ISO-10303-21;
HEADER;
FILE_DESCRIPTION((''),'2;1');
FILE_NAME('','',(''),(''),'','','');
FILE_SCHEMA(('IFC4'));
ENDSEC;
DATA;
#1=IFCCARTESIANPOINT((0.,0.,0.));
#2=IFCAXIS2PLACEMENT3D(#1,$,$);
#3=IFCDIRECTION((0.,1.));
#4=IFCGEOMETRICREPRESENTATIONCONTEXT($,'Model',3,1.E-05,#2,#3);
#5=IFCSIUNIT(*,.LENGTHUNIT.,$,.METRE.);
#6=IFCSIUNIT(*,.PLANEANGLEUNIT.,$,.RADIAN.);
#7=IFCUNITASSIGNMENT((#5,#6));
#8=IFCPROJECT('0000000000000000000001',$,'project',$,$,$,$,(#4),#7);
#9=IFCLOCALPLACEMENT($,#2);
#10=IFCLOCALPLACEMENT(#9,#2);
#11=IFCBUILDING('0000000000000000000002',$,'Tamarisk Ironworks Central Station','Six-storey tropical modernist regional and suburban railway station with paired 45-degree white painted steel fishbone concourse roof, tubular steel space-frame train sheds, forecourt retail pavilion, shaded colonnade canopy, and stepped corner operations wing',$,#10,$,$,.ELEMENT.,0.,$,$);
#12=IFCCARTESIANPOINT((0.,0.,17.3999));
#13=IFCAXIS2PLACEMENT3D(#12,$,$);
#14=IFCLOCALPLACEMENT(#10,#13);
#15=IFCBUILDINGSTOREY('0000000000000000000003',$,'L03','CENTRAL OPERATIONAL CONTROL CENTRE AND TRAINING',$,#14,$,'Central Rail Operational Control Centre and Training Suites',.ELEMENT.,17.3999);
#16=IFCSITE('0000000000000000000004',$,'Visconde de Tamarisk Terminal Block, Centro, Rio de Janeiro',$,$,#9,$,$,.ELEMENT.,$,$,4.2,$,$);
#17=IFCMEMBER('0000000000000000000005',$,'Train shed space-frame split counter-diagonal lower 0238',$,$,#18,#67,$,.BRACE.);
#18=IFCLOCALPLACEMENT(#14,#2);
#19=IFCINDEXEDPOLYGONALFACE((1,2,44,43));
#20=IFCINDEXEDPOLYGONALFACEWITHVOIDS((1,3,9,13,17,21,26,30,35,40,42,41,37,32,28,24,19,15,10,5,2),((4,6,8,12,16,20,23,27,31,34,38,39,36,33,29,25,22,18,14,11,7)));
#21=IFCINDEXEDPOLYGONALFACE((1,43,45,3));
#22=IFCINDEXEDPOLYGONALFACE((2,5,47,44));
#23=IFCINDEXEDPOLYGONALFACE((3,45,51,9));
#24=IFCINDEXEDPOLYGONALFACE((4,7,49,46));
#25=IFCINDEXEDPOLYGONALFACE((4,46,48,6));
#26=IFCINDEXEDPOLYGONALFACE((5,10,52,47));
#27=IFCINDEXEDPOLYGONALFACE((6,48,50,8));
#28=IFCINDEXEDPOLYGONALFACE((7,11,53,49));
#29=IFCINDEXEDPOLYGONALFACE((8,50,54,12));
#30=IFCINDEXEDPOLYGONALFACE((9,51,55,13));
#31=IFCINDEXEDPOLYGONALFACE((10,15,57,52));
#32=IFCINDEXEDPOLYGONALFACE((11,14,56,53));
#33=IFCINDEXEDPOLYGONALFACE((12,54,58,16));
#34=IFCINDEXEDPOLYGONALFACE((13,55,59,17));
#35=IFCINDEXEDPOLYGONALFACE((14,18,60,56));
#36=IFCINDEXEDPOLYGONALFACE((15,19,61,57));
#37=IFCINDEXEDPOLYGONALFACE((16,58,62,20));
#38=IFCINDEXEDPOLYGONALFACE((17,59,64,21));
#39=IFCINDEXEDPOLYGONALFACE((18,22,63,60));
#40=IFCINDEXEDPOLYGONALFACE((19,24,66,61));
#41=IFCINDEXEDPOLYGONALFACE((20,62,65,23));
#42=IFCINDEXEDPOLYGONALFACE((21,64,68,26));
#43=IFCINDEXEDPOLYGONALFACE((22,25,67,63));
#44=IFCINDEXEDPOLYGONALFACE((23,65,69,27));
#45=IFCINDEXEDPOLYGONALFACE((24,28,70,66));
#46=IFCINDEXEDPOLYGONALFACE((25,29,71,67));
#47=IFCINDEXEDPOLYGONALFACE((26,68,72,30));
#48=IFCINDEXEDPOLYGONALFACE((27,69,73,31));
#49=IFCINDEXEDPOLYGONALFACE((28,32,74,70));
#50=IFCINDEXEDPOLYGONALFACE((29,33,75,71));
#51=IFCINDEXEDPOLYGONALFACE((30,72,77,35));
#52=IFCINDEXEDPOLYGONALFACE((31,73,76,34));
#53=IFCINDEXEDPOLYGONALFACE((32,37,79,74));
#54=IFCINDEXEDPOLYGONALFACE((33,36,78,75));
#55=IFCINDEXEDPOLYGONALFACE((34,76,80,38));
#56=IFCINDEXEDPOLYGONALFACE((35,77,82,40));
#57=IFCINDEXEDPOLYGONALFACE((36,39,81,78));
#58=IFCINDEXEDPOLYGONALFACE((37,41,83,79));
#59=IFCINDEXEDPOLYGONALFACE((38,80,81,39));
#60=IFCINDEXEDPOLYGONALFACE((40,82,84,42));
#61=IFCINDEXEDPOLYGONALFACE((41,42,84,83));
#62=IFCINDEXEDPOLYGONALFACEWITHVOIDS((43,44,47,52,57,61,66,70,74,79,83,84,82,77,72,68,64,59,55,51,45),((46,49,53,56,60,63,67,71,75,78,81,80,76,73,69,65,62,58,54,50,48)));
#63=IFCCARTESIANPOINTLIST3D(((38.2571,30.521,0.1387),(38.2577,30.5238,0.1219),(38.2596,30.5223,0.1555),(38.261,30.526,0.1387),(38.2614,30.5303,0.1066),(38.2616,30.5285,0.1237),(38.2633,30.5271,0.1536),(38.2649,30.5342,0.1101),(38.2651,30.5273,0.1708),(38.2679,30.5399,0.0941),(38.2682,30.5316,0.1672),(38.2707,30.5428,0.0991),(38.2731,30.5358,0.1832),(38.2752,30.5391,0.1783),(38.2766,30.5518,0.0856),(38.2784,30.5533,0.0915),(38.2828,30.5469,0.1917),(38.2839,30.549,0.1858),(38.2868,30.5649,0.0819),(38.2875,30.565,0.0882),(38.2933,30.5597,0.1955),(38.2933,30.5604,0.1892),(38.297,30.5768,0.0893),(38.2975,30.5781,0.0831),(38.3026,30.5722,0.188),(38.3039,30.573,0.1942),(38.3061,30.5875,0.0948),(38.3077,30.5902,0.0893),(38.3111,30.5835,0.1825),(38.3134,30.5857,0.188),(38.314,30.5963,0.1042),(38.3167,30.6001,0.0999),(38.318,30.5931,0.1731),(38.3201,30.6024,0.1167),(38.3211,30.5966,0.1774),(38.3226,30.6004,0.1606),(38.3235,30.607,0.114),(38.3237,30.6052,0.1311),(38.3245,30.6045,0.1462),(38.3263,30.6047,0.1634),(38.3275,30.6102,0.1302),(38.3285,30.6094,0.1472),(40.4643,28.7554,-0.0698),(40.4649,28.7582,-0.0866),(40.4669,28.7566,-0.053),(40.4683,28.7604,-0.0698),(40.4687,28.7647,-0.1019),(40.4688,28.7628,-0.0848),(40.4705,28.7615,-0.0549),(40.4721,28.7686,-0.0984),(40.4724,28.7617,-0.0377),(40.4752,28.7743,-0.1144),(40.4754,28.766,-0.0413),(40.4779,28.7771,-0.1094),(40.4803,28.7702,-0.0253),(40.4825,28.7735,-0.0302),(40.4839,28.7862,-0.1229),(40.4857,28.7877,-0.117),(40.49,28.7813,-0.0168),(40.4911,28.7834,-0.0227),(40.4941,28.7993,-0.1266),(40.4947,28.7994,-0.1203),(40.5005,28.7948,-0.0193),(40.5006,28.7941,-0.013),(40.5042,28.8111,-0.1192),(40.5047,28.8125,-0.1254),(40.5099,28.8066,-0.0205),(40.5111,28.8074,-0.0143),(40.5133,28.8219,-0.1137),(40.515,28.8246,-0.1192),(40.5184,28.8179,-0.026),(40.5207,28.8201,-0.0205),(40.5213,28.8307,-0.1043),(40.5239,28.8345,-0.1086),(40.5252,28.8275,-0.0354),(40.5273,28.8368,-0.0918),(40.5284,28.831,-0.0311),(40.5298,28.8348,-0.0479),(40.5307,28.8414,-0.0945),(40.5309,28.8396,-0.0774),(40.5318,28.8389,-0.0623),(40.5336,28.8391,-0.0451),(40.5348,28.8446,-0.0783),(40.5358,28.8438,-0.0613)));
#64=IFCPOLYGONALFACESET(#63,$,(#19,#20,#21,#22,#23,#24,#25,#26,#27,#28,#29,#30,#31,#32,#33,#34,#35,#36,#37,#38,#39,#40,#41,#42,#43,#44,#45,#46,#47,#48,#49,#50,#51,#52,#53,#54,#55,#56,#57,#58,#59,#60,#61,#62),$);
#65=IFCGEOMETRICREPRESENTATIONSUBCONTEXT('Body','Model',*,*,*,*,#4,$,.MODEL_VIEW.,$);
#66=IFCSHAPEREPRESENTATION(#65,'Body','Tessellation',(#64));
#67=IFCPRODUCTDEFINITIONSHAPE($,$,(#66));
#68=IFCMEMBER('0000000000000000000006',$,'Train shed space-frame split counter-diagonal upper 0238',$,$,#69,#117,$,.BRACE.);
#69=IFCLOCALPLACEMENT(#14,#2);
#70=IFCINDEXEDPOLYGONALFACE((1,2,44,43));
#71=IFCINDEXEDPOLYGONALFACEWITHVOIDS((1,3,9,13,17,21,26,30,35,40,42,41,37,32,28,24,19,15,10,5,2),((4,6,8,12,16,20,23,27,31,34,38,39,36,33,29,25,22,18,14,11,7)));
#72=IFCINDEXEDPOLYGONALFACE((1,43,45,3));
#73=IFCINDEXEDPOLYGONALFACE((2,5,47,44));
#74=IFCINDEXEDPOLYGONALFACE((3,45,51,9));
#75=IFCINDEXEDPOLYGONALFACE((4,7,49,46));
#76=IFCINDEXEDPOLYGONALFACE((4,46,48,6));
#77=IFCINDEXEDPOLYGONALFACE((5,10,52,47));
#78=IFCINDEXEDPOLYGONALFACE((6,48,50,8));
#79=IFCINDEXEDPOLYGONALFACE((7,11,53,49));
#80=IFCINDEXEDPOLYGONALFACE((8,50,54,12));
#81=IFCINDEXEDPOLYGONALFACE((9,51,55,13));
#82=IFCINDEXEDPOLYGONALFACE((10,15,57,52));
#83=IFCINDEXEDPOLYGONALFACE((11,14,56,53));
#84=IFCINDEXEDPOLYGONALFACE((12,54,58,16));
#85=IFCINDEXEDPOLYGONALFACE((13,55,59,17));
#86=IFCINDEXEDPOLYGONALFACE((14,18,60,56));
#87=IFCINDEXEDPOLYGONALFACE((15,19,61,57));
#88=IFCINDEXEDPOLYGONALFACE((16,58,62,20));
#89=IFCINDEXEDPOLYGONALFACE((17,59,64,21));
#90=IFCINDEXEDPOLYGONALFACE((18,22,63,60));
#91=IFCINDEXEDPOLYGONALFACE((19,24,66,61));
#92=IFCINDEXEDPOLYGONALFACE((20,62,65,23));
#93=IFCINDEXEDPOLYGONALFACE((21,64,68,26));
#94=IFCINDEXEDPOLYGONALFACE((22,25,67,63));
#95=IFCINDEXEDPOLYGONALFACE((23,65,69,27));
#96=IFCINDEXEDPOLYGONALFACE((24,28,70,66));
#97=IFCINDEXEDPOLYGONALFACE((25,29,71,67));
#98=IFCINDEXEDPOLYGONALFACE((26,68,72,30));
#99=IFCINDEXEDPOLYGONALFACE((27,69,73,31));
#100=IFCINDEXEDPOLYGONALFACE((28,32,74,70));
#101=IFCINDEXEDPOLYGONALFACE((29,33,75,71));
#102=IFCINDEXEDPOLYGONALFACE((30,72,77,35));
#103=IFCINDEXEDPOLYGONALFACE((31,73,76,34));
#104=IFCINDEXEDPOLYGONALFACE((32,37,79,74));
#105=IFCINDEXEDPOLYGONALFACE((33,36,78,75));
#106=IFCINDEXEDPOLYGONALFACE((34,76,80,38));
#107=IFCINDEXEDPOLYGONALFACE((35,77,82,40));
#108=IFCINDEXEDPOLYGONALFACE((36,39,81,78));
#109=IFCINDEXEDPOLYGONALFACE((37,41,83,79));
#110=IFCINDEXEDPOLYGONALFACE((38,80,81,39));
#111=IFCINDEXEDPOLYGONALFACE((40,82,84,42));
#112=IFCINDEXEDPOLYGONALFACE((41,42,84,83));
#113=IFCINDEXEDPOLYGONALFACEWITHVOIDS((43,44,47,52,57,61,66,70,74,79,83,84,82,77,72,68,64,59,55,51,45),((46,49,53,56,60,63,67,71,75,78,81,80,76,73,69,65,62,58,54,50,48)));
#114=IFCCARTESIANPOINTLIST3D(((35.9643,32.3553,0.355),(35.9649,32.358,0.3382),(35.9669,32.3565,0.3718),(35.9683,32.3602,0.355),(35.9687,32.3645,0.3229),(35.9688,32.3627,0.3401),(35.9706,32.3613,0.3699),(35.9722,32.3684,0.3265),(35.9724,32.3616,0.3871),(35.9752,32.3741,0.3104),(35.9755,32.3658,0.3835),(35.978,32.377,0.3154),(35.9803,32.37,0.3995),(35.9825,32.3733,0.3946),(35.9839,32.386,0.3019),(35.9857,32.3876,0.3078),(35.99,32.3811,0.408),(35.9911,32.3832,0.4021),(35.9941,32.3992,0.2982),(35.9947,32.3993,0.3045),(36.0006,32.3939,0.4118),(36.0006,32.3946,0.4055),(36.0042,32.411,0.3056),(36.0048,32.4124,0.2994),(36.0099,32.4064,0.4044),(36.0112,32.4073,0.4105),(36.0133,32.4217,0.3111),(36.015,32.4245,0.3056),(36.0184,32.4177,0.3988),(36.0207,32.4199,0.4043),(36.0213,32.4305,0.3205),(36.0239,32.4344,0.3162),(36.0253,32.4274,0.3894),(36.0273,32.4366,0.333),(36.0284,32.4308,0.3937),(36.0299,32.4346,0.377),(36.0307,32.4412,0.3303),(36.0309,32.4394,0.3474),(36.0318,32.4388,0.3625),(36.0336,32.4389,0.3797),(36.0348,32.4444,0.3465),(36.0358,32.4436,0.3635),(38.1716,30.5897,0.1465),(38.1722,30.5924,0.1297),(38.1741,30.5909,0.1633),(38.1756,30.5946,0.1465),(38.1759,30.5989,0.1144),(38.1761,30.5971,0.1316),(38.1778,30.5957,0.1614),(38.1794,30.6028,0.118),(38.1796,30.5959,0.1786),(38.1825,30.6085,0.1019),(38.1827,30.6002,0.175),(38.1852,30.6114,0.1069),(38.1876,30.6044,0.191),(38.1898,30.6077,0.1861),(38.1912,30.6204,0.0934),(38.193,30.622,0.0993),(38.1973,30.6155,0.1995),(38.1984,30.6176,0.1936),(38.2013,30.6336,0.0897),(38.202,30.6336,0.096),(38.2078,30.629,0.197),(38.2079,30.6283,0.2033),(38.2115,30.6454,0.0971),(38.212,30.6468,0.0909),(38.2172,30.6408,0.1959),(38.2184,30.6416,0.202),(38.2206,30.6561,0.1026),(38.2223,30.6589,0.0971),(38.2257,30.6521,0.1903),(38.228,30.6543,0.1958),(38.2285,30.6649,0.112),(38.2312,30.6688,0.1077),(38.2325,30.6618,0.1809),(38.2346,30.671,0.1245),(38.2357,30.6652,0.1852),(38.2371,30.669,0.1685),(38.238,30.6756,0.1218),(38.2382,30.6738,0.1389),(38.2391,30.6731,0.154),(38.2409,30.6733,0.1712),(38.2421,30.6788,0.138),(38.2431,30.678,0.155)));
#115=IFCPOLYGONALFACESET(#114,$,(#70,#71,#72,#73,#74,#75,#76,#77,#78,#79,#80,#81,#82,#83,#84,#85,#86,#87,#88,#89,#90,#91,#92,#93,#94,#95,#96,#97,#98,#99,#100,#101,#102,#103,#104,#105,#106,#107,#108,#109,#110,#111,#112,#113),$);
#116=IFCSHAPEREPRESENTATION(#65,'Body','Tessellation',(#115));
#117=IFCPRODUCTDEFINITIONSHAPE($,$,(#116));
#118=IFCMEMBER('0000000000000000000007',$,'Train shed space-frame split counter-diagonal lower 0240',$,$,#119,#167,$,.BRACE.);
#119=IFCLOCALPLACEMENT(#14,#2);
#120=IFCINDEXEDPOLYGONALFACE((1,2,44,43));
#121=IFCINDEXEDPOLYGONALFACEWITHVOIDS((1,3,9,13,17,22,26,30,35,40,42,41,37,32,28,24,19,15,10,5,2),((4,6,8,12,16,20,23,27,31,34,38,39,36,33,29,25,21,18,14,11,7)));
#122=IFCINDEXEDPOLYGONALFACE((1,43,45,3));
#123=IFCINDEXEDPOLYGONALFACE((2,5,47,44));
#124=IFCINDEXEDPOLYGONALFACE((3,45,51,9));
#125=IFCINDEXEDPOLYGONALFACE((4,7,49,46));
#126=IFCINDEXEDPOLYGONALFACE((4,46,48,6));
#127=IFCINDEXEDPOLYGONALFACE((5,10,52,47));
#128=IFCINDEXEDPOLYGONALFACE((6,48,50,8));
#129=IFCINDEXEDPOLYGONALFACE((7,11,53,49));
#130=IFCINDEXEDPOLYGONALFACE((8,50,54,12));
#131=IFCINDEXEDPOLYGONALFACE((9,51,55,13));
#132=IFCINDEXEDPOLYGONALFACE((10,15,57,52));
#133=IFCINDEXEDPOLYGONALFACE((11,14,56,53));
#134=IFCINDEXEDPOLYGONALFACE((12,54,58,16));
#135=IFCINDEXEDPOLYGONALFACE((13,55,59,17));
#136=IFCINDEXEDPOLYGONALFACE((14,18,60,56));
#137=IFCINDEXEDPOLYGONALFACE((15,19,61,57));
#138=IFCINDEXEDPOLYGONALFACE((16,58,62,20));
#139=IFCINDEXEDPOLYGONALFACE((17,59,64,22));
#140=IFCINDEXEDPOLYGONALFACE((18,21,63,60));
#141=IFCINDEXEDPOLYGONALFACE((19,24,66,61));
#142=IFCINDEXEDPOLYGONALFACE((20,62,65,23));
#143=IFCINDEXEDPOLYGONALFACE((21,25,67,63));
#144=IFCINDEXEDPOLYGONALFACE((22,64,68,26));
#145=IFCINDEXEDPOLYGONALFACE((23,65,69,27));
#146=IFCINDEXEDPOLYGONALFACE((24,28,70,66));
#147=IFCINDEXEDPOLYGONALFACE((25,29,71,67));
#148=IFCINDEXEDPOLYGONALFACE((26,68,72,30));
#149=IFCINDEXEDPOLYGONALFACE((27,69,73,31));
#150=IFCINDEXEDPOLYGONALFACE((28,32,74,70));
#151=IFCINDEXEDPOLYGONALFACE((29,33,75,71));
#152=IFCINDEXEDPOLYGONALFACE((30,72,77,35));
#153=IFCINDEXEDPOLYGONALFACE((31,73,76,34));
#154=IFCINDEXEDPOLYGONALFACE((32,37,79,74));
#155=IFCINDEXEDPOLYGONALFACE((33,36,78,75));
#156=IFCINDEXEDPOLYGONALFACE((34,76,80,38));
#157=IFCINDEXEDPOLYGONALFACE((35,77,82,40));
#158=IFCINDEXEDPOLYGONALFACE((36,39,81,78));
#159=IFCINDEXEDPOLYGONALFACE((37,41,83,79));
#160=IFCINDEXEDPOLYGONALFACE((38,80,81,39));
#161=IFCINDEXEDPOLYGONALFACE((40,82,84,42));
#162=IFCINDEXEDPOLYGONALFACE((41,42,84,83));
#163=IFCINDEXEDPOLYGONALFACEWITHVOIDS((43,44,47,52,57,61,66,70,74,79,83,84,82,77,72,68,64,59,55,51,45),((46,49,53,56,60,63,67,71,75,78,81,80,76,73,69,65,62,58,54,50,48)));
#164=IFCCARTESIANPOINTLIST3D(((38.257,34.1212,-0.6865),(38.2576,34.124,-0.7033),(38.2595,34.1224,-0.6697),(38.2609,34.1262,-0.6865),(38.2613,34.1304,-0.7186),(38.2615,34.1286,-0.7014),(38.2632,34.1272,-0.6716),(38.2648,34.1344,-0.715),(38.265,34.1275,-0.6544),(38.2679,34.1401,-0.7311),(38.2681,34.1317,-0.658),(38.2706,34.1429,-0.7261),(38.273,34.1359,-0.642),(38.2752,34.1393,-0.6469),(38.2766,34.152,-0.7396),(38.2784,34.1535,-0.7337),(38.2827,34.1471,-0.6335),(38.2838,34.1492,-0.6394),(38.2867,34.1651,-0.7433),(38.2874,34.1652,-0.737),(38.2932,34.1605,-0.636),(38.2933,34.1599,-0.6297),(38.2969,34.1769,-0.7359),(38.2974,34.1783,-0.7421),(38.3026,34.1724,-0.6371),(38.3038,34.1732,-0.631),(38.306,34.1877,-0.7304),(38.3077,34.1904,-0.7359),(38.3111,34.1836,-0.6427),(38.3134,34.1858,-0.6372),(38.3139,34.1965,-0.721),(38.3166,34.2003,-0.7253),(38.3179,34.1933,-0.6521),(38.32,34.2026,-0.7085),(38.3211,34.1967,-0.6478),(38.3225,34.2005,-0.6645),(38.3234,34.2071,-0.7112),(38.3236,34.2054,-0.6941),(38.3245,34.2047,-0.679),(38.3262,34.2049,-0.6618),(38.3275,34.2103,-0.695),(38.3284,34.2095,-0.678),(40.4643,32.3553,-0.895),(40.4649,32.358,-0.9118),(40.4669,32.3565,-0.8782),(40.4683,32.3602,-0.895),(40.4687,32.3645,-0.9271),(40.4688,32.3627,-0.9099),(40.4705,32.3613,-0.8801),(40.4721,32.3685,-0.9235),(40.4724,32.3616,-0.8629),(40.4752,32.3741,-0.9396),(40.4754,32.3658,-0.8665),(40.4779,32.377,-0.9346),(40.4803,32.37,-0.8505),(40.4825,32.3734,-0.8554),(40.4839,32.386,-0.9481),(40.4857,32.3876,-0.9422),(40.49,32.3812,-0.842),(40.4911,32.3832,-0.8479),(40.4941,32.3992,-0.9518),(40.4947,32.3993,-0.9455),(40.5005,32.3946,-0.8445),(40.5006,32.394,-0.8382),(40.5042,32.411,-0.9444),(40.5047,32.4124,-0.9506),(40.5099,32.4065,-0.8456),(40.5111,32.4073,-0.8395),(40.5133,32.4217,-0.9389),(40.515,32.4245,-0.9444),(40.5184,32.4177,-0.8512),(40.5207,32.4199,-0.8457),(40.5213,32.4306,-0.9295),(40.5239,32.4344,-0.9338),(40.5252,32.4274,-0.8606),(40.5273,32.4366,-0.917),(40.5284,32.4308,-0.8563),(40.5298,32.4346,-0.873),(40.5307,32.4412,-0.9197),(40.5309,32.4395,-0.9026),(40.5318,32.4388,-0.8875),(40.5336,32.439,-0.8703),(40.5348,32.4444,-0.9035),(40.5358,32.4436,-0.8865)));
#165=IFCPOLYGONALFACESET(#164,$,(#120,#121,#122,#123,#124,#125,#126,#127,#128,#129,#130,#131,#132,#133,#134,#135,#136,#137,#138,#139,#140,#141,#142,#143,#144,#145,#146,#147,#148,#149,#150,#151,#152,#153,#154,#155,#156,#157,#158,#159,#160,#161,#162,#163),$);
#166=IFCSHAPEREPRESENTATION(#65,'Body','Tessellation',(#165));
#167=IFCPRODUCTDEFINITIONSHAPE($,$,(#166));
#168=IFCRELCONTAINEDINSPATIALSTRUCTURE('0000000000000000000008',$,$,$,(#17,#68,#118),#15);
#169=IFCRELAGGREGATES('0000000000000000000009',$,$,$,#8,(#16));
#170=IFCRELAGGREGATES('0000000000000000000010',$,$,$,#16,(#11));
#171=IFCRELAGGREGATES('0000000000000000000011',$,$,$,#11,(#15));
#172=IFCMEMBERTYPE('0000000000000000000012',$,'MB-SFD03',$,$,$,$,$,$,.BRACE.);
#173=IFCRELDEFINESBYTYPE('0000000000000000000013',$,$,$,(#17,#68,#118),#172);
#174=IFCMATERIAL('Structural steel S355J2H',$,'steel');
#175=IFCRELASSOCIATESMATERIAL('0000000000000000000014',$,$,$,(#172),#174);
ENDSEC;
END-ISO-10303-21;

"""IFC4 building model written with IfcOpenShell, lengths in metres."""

from ifc_helpers import new_model, si_unit, direction, frame, origin, origin_2d, place, context, subcontext, project, spatial, hollow_circle, extrude, material, material_profile, profile_set, type_object, element, save


model = new_model("IFC4")

# Units and contexts
model_context = context("Model", 3, precision=1e-05, world=origin(), true_north=direction((0.0, 1.0)))
body_context = subcontext(model_context, "Body", "Model", "MODEL_VIEW")
ifc_project = project(units=[si_unit("LENGTHUNIT", "METRE"), si_unit("PLANEANGLEUNIT", "RADIAN")], contexts=[model_context])

# Site, building, storey
site_placement = place(None, origin())
site = spatial("IfcSite", under=ifc_project, at=site_placement, Name="Visconde de Tamarisk Terminal Block, Centro, Rio de Janeiro", CompositionType="ELEMENT", RefElevation=4.2)
building_placement = place(site_placement, origin())
building = spatial("IfcBuilding", under=site, at=building_placement, Name="Tamarisk Ironworks Central Station", Description="Six-storey tropical modernist regional and suburban railway station with paired 45-degree white painted steel fishbone concourse roof, tubular steel space-frame train sheds, forecourt retail pavilion, shaded colonnade canopy, and stepped corner operations wing", CompositionType="ELEMENT", ElevationOfRefHeight=0.0)
storey_placement = place(building_placement, frame((0.0, 0.0, 17.3999)))
storey = spatial("IfcBuildingStorey", under=building, at=storey_placement, Name="L03", Description="CENTRAL OPERATIONAL CONTROL CENTRE AND TRAINING", LongName="Central Rail Operational Control Centre and Training Suites", CompositionType="ELEMENT", Elevation=17.3999)

# Members
ifc_material_1 = material(Name="Structural steel S355J2H", Category="steel")
ifc_material_profile_1 = material_profile(ifc_material_1, hollow_circle(Radius=0.0571, WallThickness=0.0063, at=origin_2d()), Name="CHS 114.3x6.3")
ifc_profile_set_1 = profile_set([ifc_material_profile_1], Name="Structural steel S355J2H")
member_type_1 = type_object("IfcMemberType", Name="MB-SFD03", PredefinedType="BRACE", material=ifc_profile_set_1)
for number, where, z_axis, x_axis, name in (
    (1, (40.5, 28.8, -0.0698), (-0.778787, 0.62296, 0.073563), (-0.624653, -0.780903, 0.0), "Train shed space-frame split counter-diagonal lower 0238"),
    (2, (38.2073, 30.6343, 0.1465), (-0.778787, 0.62296, 0.073563), (-0.624653, -0.780903, 0.0), "Train shed space-frame split counter-diagonal upper 0238"),
):
    element("IfcMember", number, at=place(storey_placement, frame(where, z_axis=z_axis, x_axis=x_axis)), inside=storey, type_object=member_type_1, Name=name, PredefinedType="BRACE", context=body_context, shape_type="SweptSolid", body=[
        extrude(hollow_circle(Radius=0.0571, WallThickness=0.0063, at=origin_2d()), origin(), (0.0, 0.0, 1.0), 2.8342),
    ])
member_1_placement = place(storey_placement, frame((40.5, 32.3999, -0.895), z_axis=(-0.778745, 0.623013, 0.073559), x_axis=(-0.624706, -0.78086, 0.0)))
element("IfcMember", 3, at=member_1_placement, inside=storey, type_object=member_type_1, Name="Train shed space-frame split counter-diagonal lower 0240", PredefinedType="BRACE", context=body_context, shape_type="SweptSolid", body=[
    extrude(hollow_circle(Radius=0.0571, WallThickness=0.0063, at=origin_2d()), origin(), (0.0, 0.0, 1.0), 2.8345),
])

save(model, "model.ifc")
